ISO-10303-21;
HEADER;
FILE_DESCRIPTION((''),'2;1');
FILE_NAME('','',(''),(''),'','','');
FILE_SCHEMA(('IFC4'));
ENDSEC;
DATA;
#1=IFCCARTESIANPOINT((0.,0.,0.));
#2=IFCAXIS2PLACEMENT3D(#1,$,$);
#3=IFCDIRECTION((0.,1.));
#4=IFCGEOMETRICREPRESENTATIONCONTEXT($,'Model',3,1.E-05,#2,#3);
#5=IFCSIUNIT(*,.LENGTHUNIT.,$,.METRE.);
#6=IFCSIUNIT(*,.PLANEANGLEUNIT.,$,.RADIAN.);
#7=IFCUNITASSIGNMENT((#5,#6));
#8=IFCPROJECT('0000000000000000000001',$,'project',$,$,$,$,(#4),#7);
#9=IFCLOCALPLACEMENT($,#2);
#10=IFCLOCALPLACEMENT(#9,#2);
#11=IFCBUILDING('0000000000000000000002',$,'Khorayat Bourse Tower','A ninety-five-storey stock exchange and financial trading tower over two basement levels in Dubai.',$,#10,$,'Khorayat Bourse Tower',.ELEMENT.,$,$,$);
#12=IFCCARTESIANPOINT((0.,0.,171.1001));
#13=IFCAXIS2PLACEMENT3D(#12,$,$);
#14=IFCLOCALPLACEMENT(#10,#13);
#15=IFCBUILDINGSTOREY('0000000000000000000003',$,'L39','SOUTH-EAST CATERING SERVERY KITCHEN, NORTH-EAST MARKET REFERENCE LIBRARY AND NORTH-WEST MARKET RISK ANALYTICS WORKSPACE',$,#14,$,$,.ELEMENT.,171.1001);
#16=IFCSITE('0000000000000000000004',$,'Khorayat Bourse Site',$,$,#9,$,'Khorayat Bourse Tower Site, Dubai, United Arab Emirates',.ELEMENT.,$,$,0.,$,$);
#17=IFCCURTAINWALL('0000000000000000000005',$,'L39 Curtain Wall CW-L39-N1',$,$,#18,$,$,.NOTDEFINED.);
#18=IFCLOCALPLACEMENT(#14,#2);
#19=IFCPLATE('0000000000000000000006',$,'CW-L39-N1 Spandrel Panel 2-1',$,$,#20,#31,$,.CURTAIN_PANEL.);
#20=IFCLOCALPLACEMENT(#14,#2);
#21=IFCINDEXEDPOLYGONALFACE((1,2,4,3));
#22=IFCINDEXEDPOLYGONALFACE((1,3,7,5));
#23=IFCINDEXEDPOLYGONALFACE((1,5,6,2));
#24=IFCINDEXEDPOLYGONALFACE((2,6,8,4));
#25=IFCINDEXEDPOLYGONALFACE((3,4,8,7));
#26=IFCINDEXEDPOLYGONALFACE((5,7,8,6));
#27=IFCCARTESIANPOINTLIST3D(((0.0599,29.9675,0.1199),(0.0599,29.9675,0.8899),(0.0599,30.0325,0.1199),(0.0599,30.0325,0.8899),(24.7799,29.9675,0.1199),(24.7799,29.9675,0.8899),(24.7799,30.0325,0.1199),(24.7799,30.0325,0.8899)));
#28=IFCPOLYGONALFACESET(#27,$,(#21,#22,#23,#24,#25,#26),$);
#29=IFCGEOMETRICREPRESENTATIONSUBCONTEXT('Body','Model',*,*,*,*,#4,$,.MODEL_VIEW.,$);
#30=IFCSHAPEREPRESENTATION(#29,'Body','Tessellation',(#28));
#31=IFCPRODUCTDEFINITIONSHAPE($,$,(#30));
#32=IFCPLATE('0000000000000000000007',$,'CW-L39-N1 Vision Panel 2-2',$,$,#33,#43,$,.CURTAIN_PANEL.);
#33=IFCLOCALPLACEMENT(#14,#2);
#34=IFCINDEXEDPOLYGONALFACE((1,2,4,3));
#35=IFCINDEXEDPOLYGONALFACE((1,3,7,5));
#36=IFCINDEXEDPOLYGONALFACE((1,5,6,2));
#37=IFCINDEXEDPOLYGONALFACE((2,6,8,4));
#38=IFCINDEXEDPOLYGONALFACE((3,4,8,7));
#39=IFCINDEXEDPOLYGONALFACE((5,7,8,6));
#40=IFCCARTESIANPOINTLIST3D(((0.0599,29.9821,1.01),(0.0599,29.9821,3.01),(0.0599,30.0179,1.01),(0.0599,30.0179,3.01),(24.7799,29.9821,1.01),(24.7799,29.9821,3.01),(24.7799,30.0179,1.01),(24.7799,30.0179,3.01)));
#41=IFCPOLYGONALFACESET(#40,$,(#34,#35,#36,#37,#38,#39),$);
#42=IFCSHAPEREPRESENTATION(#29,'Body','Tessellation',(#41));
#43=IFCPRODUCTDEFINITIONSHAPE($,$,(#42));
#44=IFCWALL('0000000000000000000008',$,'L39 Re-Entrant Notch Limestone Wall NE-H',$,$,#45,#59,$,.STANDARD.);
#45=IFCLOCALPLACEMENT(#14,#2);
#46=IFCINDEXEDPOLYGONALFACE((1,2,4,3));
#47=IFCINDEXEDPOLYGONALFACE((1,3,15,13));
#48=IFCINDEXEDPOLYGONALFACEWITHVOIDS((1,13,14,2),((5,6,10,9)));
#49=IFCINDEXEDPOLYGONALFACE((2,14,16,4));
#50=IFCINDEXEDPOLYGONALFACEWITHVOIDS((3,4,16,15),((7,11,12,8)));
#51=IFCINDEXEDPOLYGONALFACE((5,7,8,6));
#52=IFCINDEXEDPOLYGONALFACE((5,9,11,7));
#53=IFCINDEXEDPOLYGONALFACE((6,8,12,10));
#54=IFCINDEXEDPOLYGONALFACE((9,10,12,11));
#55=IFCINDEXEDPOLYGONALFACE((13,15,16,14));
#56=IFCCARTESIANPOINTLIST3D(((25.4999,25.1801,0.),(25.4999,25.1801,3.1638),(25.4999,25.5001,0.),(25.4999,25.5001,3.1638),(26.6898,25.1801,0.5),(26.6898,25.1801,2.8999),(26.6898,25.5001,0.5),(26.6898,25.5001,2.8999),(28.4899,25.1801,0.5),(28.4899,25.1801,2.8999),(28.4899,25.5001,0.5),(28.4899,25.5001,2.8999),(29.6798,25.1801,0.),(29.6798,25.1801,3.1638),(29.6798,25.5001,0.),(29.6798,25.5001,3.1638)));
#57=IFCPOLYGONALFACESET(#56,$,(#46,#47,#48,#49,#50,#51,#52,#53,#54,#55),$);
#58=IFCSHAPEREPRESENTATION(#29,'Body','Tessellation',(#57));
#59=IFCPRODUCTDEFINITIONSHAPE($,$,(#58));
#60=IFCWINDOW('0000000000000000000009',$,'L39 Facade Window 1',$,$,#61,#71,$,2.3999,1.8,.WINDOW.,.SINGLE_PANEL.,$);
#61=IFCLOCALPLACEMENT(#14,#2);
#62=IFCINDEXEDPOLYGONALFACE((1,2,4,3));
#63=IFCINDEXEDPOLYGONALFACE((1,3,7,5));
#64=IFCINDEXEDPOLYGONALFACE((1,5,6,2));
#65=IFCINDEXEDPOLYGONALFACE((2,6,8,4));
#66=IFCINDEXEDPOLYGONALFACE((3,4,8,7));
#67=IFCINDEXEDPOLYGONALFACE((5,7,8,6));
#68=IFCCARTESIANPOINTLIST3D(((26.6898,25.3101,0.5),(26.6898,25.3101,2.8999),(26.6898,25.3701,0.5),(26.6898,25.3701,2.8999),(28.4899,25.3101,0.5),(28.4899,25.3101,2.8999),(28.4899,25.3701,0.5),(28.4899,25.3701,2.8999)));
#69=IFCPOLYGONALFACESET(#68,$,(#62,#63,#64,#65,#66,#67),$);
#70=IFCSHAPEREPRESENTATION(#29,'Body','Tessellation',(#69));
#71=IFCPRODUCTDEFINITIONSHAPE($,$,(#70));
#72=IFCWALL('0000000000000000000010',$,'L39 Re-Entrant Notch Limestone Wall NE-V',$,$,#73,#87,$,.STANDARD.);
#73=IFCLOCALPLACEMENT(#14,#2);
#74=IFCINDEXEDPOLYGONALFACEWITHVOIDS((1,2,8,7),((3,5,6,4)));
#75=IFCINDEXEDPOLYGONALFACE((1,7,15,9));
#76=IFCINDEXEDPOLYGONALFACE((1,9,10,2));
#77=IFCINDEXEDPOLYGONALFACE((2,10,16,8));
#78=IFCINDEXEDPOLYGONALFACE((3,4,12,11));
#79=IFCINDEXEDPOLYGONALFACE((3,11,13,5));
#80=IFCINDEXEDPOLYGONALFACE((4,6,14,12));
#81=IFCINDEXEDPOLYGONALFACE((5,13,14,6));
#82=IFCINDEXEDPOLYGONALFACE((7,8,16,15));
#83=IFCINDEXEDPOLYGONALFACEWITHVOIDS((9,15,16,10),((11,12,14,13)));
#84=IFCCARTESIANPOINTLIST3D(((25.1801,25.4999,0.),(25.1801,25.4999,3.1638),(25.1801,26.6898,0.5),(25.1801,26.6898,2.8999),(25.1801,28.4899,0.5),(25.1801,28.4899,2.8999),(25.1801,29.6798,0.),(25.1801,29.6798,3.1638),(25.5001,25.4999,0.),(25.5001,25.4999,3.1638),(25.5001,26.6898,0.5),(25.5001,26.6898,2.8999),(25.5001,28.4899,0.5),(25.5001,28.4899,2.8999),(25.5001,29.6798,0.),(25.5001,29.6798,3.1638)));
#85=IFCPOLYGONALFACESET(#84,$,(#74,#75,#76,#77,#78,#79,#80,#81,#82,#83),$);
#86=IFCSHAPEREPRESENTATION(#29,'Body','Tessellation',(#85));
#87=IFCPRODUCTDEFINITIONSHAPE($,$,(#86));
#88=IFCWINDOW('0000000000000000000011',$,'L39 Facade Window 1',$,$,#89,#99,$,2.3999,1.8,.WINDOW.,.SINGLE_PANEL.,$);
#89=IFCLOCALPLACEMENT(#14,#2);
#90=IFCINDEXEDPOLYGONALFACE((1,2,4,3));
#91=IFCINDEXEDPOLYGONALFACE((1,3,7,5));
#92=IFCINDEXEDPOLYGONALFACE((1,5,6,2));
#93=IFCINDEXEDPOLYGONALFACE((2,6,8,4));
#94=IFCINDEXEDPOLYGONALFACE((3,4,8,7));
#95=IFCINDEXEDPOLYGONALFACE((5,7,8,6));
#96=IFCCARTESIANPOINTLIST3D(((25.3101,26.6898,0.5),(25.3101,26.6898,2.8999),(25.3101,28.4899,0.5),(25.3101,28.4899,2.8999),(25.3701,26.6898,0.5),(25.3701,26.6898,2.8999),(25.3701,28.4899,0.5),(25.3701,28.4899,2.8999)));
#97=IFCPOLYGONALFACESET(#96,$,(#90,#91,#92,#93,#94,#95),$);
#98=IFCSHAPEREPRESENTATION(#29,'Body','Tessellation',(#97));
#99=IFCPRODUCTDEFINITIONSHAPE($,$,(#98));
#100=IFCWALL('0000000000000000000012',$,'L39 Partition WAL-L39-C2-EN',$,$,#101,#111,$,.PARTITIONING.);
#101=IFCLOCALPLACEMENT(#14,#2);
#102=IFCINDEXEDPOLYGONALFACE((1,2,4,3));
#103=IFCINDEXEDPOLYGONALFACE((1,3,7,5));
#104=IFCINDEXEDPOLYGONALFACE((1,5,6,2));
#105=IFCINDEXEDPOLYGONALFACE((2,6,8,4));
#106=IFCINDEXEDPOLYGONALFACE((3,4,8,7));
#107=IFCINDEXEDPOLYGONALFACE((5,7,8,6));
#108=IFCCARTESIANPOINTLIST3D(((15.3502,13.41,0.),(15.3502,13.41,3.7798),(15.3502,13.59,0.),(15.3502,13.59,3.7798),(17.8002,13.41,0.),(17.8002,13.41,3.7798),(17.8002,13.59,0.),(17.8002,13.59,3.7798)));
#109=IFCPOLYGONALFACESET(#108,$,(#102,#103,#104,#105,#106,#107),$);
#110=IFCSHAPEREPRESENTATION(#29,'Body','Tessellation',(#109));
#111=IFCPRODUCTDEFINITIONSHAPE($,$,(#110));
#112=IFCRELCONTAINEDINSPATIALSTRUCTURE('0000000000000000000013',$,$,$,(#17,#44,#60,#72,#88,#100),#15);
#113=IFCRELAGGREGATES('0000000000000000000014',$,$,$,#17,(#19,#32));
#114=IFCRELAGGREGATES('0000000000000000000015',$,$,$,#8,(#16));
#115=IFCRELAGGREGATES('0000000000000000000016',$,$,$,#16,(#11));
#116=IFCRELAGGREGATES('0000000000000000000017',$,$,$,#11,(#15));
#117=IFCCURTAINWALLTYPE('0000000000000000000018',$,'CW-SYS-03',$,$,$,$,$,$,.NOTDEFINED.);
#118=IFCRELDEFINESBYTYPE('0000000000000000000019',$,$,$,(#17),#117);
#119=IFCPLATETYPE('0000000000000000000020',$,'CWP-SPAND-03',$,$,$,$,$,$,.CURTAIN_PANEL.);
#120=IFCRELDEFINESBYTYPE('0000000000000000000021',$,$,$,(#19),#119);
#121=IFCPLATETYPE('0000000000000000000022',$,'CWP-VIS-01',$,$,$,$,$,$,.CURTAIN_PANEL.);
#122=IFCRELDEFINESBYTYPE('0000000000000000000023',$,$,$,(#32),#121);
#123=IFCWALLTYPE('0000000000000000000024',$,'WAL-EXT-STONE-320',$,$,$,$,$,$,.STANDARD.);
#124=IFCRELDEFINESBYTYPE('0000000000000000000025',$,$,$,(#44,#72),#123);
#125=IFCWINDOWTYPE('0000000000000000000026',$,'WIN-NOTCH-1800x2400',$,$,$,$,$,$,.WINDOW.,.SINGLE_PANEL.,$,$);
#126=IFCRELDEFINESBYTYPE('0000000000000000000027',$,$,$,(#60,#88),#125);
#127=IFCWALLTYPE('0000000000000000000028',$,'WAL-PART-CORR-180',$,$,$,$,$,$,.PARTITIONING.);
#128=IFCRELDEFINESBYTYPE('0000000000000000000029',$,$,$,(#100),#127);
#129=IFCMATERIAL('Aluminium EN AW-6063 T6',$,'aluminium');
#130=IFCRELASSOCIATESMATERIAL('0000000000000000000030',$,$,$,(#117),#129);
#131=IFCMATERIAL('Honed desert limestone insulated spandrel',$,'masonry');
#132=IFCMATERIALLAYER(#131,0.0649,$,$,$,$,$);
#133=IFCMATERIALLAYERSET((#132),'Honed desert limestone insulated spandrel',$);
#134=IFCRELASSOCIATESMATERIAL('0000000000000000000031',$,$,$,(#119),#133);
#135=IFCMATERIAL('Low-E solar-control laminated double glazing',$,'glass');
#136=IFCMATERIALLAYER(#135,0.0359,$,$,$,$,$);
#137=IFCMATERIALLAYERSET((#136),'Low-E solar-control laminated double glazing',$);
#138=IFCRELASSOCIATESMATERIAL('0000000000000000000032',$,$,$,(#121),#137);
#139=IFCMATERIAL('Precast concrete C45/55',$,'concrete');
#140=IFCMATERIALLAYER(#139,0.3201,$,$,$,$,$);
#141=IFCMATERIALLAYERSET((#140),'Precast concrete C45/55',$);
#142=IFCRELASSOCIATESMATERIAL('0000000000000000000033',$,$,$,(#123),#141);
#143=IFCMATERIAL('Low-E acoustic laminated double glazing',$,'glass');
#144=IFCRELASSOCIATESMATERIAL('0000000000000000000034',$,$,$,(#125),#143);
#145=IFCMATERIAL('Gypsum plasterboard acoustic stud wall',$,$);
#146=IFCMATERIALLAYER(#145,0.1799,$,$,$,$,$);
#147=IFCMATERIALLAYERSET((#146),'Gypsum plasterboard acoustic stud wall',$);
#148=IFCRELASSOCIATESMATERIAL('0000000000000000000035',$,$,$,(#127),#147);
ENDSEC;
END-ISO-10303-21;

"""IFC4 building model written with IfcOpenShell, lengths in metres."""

from ifc_helpers import new_model, si_unit, direction, frame, frame_2d, origin, origin_2d, place, context, subcontext, project, spatial, rectangle, extrude, source, transform, mapped, material, layer, layer_set, type_object, element, fill, aggregate, save


model = new_model("IFC4")

# Units and contexts
model_context = context("Model", 3, precision=1e-05, world=origin(), true_north=direction((0.0, 1.0)))
body_context = subcontext(model_context, "Body", "Model", "MODEL_VIEW")
ifc_project = project(units=[si_unit("LENGTHUNIT", "METRE"), si_unit("PLANEANGLEUNIT", "RADIAN")], contexts=[model_context])

# Site, building, storey
site_placement = place(None, origin())
site = spatial("IfcSite", under=ifc_project, at=site_placement, Name="Khorayat Bourse Site", LongName="Khorayat Bourse Tower Site, Dubai, United Arab Emirates", CompositionType="ELEMENT", RefElevation=0.0)
building_placement = place(site_placement, origin())
building = spatial("IfcBuilding", under=site, at=building_placement, Name="Khorayat Bourse Tower", Description="A ninety-five-storey stock exchange and financial trading tower over two basement levels in Dubai.", LongName="Khorayat Bourse Tower", CompositionType="ELEMENT")
storey_placement = place(building_placement, frame((0.0, 0.0, 171.1001)))
storey = spatial("IfcBuildingStorey", under=building, at=storey_placement, Name="L39", Description="SOUTH-EAST CATERING SERVERY KITCHEN, NORTH-EAST MARKET REFERENCE LIBRARY AND NORTH-WEST MARKET RISK ANALYTICS WORKSPACE", CompositionType="ELEMENT", Elevation=171.1001)

# Curtain wall
ifc_material_1 = material(Name="Aluminium EN AW-6063 T6", Category="aluminium")
curtain_wall_type = type_object("IfcCurtainWallType", Name="CW-SYS-03", PredefinedType="NOTDEFINED", material=ifc_material_1)
curtain_wall_1_placement = place(storey_placement, origin())
curtain_wall_1 = element("IfcCurtainWall", 1, at=curtain_wall_1_placement, inside=storey, type_object=curtain_wall_type, Name="L39 Curtain Wall CW-L39-N1", PredefinedType="NOTDEFINED")

# Plates
ifc_material_2 = material(Name="Honed desert limestone insulated spandrel", Category="masonry")
ifc_layer_1 = layer(ifc_material_2, 0.0649)
ifc_layer_set_1 = layer_set([ifc_layer_1], Name="Honed desert limestone insulated spandrel")
plate_type_1 = type_object("IfcPlateType", Name="CWP-SPAND-03", PredefinedType="CURTAIN_PANEL", material=ifc_layer_set_1)
shared_shape_1 = source(origin(), body_context, "Body", "SweptSolid", [
    extrude(rectangle(XDim=24.72, YDim=0.0649, at=origin_2d()), origin(), (0.0, 0.0, 1.0), 0.77),
])
plate_1_placement = place(storey_placement, frame((12.4199, 30.0, 0.1199), z_axis=(0.0, 0.0, 1.0), x_axis=(1.0, 0.0, 0.0)))
plate_1 = element("IfcPlate", 2, at=plate_1_placement, type_object=plate_type_1, Name="CW-L39-N1 Spandrel Panel 2-1", PredefinedType="CURTAIN_PANEL", context=body_context, shape_type="MappedRepresentation", body=[
    mapped(shared_shape_1, transform((0.0, 0.0, 0.0), scale=1.0)),
])
ifc_material_3 = material(Name="Low-E solar-control laminated double glazing", Category="glass")
ifc_layer_2 = layer(ifc_material_3, 0.0359)
ifc_layer_set_2 = layer_set([ifc_layer_2], Name="Low-E solar-control laminated double glazing")
plate_type_2 = type_object("IfcPlateType", Name="CWP-VIS-01", PredefinedType="CURTAIN_PANEL", material=ifc_layer_set_2)
shared_shape_2 = source(origin(), body_context, "Body", "SweptSolid", [
    extrude(rectangle(XDim=24.72, YDim=0.0359, at=origin_2d()), origin(), (0.0, 0.0, 1.0), 2.0),
])
plate_2_placement = place(storey_placement, frame((12.4199, 30.0, 1.01), z_axis=(0.0, 0.0, 1.0), x_axis=(1.0, 0.0, 0.0)))
plate_2 = element("IfcPlate", 3, at=plate_2_placement, type_object=plate_type_2, Name="CW-L39-N1 Vision Panel 2-2", PredefinedType="CURTAIN_PANEL", context=body_context, shape_type="MappedRepresentation", body=[
    mapped(shared_shape_2, transform((0.0, 0.0, 0.0), scale=1.0)),
])
aggregate(curtain_wall_1, [plate_1, plate_2])

# Walls, openings, windows
ifc_material_4 = material(Name="Precast concrete C45/55", Category="concrete")
ifc_layer_3 = layer(ifc_material_4, 0.3201)
ifc_layer_set_3 = layer_set([ifc_layer_3], Name="Precast concrete C45/55")
wall_type_1 = type_object("IfcWallType", Name="WAL-EXT-STONE-320", PredefinedType="STANDARD", material=ifc_layer_set_3)
shared_shape_3 = source(origin(), body_context, "Body", "SweptSolid", [
    extrude(rectangle(XDim=4.1799, YDim=0.3201, at=frame_2d((2.0898, 0.0))), origin(), (0.0, 0.0, 1.0), 3.1638),
])
wall_1_placement = place(storey_placement, frame((25.5, 25.3401, 0.0), z_axis=(0.0, 0.0, 1.0), x_axis=(1.0, 0.0, 0.0)))
wall_1 = element("IfcWall", 4, at=wall_1_placement, inside=storey, type_object=wall_type_1, Name="L39 Re-Entrant Notch Limestone Wall NE-H", PredefinedType="STANDARD", context=body_context, shape_type="MappedRepresentation", body=[
    mapped(shared_shape_3, transform((0.0, 0.0, 0.0), scale=1.0)),
])
shared_shape_4 = source(origin(), body_context, "Body", "SweptSolid", [
    extrude(rectangle(XDim=1.8, YDim=2.3999, at=frame_2d((0.8999, 1.2))), frame((0.0, 0.1699, 0.0), z_axis=(0.0, -1.0, 0.0), x_axis=(1.0, 0.0, 0.0)), (0.0, 0.0, 1.0), 0.3401),
])
opening_1_placement = place(wall_1_placement, frame((1.1899, 0.0, 0.5)))
opening_1 = element("IfcOpeningElement", 5, at=opening_1_placement, cuts=wall_1, PredefinedType="OPENING", context=body_context, shape_type="MappedRepresentation", body=[
    mapped(shared_shape_4, transform((0.0, 0.0, 0.0), scale=1.0)),
])
ifc_material_5 = material(Name="Low-E acoustic laminated double glazing", Category="glass")
window_type = type_object("IfcWindowType", Name="WIN-NOTCH-1800x2400", PartitioningType="SINGLE_PANEL", PredefinedType="WINDOW", material=ifc_material_5)
shared_shape_5 = source(origin(), body_context, "Body", "SweptSolid", [
    extrude(rectangle(XDim=1.8, YDim=2.3999, at=frame_2d((0.8999, 1.2))), frame((0.0, 0.03, 0.0), z_axis=(0.0, -1.0, 0.0), x_axis=(1.0, 0.0, 0.0)), (0.0, 0.0, 1.0), 0.0601),
])
window_1_placement = place(opening_1_placement, origin())
window_1 = element("IfcWindow", 6, at=window_1_placement, inside=storey, type_object=window_type, Name="L39 Facade Window 1", OverallHeight=2.3999, OverallWidth=1.8, PartitioningType="SINGLE_PANEL", PredefinedType="WINDOW", context=body_context, shape_type="MappedRepresentation", body=[
    mapped(shared_shape_5, transform((0.0, 0.0, 0.0), scale=1.0)),
])
fill(opening_1, window_1)
wall_2_placement = place(storey_placement, frame((25.3401, 25.5, 0.0), z_axis=(0.0, 0.0, 1.0), x_axis=(0.0, 1.0, 0.0)))
wall_2 = element("IfcWall", 7, at=wall_2_placement, inside=storey, type_object=wall_type_1, Name="L39 Re-Entrant Notch Limestone Wall NE-V", PredefinedType="STANDARD", context=body_context, shape_type="MappedRepresentation", body=[
    mapped(shared_shape_3, transform((0.0, 0.0, 0.0), scale=1.0)),
])
opening_2_placement = place(wall_2_placement, frame((1.1899, 0.0, 0.5)))
opening_2 = element("IfcOpeningElement", 8, at=opening_2_placement, cuts=wall_2, PredefinedType="OPENING", context=body_context, shape_type="MappedRepresentation", body=[
    mapped(shared_shape_4, transform((0.0, 0.0, 0.0), scale=1.0)),
])
window_2_placement = place(opening_2_placement, origin())
window_2 = element("IfcWindow", 9, at=window_2_placement, inside=storey, type_object=window_type, Name="L39 Facade Window 1", OverallHeight=2.3999, OverallWidth=1.8, PartitioningType="SINGLE_PANEL", PredefinedType="WINDOW", context=body_context, shape_type="MappedRepresentation", body=[
    mapped(shared_shape_5, transform((0.0, 0.0, 0.0), scale=1.0)),
])
fill(opening_2, window_2)

# Wall
ifc_material_6 = material(Name="Gypsum plasterboard acoustic stud wall")
ifc_layer_4 = layer(ifc_material_6, 0.1799)
ifc_layer_set_4 = layer_set([ifc_layer_4], Name="Gypsum plasterboard acoustic stud wall")
wall_type_2 = type_object("IfcWallType", Name="WAL-PART-CORR-180", PredefinedType="PARTITIONING", material=ifc_layer_set_4)
shared_shape_6 = source(origin(), body_context, "Body", "SweptSolid", [
    extrude(rectangle(XDim=2.45, YDim=0.1799, at=frame_2d((1.2251, 0.0))), origin(), (0.0, 0.0, 1.0), 3.7798),
])
wall_3_placement = place(storey_placement, frame((15.3501, 13.5, 0.0), z_axis=(0.0, 0.0, 1.0), x_axis=(1.0, 0.0, 0.0)))
element("IfcWall", 10, at=wall_3_placement, inside=storey, type_object=wall_type_2, Name="L39 Partition WAL-L39-C2-EN", PredefinedType="PARTITIONING", context=body_context, shape_type="MappedRepresentation", body=[
    mapped(shared_shape_6, transform((0.0, 0.0, 0.0), scale=1.0)),
])

save(model, "model.ifc")
